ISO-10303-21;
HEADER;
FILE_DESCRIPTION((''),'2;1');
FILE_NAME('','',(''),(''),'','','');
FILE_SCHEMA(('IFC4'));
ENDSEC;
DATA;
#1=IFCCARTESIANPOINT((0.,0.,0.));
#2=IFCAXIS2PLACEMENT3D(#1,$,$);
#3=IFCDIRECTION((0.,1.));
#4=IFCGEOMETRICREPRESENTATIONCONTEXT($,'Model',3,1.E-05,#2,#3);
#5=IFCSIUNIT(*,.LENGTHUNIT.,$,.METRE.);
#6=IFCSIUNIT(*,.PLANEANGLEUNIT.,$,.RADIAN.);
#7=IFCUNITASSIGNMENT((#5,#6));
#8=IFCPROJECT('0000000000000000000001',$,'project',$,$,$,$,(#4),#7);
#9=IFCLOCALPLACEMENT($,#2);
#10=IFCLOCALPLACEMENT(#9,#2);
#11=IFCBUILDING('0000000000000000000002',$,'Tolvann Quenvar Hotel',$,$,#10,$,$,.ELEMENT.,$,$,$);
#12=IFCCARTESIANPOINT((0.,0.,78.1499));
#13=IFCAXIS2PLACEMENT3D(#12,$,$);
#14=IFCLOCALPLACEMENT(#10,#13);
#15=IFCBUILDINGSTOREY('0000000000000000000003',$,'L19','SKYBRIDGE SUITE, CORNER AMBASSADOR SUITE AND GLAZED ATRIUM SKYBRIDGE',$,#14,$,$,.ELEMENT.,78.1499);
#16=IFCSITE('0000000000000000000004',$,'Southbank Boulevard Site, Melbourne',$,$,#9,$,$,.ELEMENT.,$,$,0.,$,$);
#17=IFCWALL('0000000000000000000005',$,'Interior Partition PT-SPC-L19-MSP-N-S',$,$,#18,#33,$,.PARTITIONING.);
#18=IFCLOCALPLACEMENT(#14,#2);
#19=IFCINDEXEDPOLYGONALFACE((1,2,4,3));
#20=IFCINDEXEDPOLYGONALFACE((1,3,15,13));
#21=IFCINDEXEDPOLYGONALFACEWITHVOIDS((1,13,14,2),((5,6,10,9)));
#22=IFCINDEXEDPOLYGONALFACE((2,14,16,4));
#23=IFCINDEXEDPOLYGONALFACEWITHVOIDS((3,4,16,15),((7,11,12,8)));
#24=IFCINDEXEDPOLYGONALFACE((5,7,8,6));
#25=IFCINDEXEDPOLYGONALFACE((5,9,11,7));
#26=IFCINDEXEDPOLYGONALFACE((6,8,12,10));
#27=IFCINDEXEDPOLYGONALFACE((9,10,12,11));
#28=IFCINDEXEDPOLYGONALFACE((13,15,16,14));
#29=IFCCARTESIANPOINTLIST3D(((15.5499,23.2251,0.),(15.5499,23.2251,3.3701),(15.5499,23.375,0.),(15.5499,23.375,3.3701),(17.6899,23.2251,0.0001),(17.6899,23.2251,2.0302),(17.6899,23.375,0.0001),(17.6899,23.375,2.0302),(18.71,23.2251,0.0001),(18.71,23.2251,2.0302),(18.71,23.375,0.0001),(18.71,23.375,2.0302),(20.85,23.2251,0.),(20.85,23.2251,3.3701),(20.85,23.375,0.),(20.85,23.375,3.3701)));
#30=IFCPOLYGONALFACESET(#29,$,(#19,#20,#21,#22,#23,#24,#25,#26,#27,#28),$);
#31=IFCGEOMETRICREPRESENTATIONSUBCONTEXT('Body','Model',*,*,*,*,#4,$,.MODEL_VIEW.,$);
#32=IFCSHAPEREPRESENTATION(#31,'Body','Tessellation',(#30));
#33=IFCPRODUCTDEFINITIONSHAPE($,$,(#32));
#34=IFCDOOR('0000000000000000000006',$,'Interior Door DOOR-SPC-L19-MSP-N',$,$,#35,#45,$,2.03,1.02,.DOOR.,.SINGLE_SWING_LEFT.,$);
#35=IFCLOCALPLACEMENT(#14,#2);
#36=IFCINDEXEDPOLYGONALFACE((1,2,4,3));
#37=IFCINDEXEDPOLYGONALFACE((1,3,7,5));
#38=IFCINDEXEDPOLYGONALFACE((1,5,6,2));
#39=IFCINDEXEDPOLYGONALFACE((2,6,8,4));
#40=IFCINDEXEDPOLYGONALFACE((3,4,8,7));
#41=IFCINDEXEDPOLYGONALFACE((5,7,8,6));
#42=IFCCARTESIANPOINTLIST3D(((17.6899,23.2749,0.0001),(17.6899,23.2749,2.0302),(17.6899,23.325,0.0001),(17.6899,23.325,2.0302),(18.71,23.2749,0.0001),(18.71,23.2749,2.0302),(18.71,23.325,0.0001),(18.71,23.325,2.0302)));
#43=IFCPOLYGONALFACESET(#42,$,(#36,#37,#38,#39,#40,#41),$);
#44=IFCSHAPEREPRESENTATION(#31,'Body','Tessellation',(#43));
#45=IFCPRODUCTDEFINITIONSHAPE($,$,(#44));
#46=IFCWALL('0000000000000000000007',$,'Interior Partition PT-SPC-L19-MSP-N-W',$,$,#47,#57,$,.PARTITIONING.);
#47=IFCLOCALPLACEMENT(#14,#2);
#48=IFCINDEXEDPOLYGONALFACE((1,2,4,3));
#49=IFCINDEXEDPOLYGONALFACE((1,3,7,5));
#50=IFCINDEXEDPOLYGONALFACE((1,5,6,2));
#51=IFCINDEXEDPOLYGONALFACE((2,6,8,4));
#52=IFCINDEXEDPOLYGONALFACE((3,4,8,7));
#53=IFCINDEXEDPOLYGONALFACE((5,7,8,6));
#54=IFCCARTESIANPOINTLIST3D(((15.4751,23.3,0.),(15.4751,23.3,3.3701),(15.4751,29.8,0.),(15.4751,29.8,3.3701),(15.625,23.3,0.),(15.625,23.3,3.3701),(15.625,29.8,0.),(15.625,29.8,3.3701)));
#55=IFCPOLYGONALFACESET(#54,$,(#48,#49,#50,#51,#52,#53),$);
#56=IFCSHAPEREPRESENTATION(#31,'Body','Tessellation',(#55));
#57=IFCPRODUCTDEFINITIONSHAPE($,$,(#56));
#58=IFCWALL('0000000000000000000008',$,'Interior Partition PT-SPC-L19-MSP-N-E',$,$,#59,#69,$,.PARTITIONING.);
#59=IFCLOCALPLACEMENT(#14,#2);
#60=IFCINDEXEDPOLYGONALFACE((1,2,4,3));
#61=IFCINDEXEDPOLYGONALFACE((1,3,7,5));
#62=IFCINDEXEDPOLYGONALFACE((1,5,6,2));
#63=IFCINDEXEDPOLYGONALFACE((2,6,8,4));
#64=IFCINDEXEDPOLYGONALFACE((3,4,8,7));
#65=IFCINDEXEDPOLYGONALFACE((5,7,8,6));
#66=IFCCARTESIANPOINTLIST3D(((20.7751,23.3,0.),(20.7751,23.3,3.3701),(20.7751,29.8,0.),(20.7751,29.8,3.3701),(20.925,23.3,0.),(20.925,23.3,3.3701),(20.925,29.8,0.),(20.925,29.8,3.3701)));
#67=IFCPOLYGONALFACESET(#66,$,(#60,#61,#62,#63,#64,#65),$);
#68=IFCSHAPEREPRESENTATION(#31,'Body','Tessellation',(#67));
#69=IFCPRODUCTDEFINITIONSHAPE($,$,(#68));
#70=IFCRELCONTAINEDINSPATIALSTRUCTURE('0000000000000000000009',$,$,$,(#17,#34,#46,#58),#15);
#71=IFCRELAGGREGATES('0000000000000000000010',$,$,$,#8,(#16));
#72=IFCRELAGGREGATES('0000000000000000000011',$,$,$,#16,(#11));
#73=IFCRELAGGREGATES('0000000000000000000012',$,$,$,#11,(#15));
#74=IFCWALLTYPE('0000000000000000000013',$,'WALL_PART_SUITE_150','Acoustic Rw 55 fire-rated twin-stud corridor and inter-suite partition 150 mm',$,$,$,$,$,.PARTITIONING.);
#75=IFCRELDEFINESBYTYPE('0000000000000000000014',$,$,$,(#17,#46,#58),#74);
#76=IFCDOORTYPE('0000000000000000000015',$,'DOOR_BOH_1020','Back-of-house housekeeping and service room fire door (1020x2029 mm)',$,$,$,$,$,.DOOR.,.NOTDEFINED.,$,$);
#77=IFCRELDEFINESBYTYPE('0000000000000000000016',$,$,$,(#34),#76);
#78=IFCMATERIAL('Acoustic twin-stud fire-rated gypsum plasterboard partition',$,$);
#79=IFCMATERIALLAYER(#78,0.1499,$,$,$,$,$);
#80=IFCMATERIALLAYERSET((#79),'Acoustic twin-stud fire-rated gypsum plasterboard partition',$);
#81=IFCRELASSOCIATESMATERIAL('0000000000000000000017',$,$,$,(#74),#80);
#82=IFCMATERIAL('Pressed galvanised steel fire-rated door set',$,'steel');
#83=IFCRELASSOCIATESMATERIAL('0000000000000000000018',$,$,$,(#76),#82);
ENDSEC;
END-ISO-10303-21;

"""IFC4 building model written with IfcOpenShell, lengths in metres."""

from ifc_helpers import new_model, si_unit, direction, frame, frame_2d, origin, place, context, subcontext, project, spatial, rectangle, extrude, source, transform, mapped, material, layer, layer_set, type_object, type_shapes, element, fill, save


model = new_model("IFC4")

# Units and contexts
model_context = context("Model", 3, precision=1e-05, world=origin(), true_north=direction((0.0, 1.0)))
body_context = subcontext(model_context, "Body", "Model", "MODEL_VIEW")
ifc_project = project(units=[si_unit("LENGTHUNIT", "METRE"), si_unit("PLANEANGLEUNIT", "RADIAN")], contexts=[model_context])

# Site, building, storey
site_placement = place(None, origin())
site = spatial("IfcSite", under=ifc_project, at=site_placement, Name="Southbank Boulevard Site, Melbourne", CompositionType="ELEMENT", RefElevation=0.0)
building_placement = place(site_placement, origin())
building = spatial("IfcBuilding", under=site, at=building_placement, Name="Tolvann Quenvar Hotel", CompositionType="ELEMENT")
storey_placement = place(building_placement, frame((0.0, 0.0, 78.1499)))
storey = spatial("IfcBuildingStorey", under=building, at=storey_placement, Name="L19", Description="SKYBRIDGE SUITE, CORNER AMBASSADOR SUITE AND GLAZED ATRIUM SKYBRIDGE", CompositionType="ELEMENT", Elevation=78.1499)

# Shared definitions
ifc_material_1 = material(Name="Acoustic twin-stud fire-rated gypsum plasterboard partition")

# Shared definitions
ifc_layer_1 = layer(ifc_material_1, 0.1499)
ifc_layer_set_1 = layer_set([ifc_layer_1], Name="Acoustic twin-stud fire-rated gypsum plasterboard partition")
wall_type_1 = type_object("IfcWallType", Name="WALL_PART_SUITE_150", Description="Acoustic Rw 55 fire-rated twin-stud corridor and inter-suite partition 150 mm", PredefinedType="PARTITIONING", material=ifc_layer_set_1)

# Wall, opening, door
wall_1_placement = place(storey_placement, frame((15.55, 23.3, 0.0), z_axis=(0.0, 0.0, 1.0), x_axis=(1.0, 0.0, 0.0)))
wall_1 = element("IfcWall", 1, at=wall_1_placement, inside=storey, type_object=wall_type_1, Name="Interior Partition PT-SPC-L19-MSP-N-S", PredefinedType="PARTITIONING", context=body_context, shape_type="SweptSolid", body=[
    extrude(rectangle(XDim=5.3, YDim=0.1499, at=frame_2d((2.6499, 0.0))), origin(), (0.0, 0.0, 1.0), 3.3701),
])
opening_1_placement = place(wall_1_placement, frame((2.1399, 0.0, 0.0)))
opening_1 = element("IfcOpeningElement", 2, at=opening_1_placement, cuts=wall_1, PredefinedType="OPENING", context=body_context, shape_type="SweptSolid", body=[
    extrude(rectangle(XDim=1.02, YDim=2.03, at=frame_2d((0.51, 1.0151))), frame((0.0, 0.085, 0.0), z_axis=(0.0, -1.0, 0.0), x_axis=(1.0, 0.0, 0.0)), (0.0, 0.0, 1.0), 0.1699),
])
ifc_material_2 = material(Name="Pressed galvanised steel fire-rated door set", Category="steel")
door_type_1 = type_object("IfcDoorType", Name="DOOR_BOH_1020", Description="Back-of-house housekeeping and service room fire door (1020x2029 mm)", OperationType="NOTDEFINED", PredefinedType="DOOR", material=ifc_material_2)
shared_shape_1 = source(origin(), body_context, "Body", "SweptSolid", [
    extrude(rectangle(XDim=1.02, YDim=2.03, at=frame_2d((0.51, 1.0151))), frame((0.0, 0.0249, 0.0), z_axis=(0.0, -1.0, 0.0), x_axis=(1.0, 0.0, 0.0)), (0.0, 0.0, 1.0), 0.05),
])
type_shapes(door_type_1, [shared_shape_1])
door_1_placement = place(opening_1_placement, origin())
door_1 = element("IfcDoor", 3, at=door_1_placement, inside=storey, type_object=door_type_1, Name="Interior Door DOOR-SPC-L19-MSP-N", OperationType="SINGLE_SWING_LEFT", OverallHeight=2.03, OverallWidth=1.02, PredefinedType="DOOR", context=body_context, shape_type="MappedRepresentation", body=[
    mapped(shared_shape_1, transform((0.0, 0.0, 0.0), x_axis=(1.0, 0.0, 0.0), y_axis=(0.0, 1.0, 0.0), z_axis=(0.0, 0.0, 1.0), scale=1.0)),
])
fill(opening_1, door_1)

# Walls
for number, where, z_axis, x_axis, name in (
    (4, (15.55, 23.3, 0.0), (0.0, 0.0, 1.0), (0.0, 1.0, 0.0), "Interior Partition PT-SPC-L19-MSP-N-W"),
    (5, (20.8501, 23.3, 0.0), (0.0, 0.0, 1.0), (0.0, 1.0, 0.0), "Interior Partition PT-SPC-L19-MSP-N-E"),
):
    element("IfcWall", number, at=place(storey_placement, frame(where, z_axis=z_axis, x_axis=x_axis)), inside=storey, type_object=wall_type_1, Name=name, PredefinedType="PARTITIONING", context=body_context, shape_type="SweptSolid", body=[
        extrude(rectangle(XDim=6.5, YDim=0.1499, at=frame_2d((3.25, 0.0))), origin(), (0.0, 0.0, 1.0), 3.3701),
    ])

save(model, "model.ifc")
